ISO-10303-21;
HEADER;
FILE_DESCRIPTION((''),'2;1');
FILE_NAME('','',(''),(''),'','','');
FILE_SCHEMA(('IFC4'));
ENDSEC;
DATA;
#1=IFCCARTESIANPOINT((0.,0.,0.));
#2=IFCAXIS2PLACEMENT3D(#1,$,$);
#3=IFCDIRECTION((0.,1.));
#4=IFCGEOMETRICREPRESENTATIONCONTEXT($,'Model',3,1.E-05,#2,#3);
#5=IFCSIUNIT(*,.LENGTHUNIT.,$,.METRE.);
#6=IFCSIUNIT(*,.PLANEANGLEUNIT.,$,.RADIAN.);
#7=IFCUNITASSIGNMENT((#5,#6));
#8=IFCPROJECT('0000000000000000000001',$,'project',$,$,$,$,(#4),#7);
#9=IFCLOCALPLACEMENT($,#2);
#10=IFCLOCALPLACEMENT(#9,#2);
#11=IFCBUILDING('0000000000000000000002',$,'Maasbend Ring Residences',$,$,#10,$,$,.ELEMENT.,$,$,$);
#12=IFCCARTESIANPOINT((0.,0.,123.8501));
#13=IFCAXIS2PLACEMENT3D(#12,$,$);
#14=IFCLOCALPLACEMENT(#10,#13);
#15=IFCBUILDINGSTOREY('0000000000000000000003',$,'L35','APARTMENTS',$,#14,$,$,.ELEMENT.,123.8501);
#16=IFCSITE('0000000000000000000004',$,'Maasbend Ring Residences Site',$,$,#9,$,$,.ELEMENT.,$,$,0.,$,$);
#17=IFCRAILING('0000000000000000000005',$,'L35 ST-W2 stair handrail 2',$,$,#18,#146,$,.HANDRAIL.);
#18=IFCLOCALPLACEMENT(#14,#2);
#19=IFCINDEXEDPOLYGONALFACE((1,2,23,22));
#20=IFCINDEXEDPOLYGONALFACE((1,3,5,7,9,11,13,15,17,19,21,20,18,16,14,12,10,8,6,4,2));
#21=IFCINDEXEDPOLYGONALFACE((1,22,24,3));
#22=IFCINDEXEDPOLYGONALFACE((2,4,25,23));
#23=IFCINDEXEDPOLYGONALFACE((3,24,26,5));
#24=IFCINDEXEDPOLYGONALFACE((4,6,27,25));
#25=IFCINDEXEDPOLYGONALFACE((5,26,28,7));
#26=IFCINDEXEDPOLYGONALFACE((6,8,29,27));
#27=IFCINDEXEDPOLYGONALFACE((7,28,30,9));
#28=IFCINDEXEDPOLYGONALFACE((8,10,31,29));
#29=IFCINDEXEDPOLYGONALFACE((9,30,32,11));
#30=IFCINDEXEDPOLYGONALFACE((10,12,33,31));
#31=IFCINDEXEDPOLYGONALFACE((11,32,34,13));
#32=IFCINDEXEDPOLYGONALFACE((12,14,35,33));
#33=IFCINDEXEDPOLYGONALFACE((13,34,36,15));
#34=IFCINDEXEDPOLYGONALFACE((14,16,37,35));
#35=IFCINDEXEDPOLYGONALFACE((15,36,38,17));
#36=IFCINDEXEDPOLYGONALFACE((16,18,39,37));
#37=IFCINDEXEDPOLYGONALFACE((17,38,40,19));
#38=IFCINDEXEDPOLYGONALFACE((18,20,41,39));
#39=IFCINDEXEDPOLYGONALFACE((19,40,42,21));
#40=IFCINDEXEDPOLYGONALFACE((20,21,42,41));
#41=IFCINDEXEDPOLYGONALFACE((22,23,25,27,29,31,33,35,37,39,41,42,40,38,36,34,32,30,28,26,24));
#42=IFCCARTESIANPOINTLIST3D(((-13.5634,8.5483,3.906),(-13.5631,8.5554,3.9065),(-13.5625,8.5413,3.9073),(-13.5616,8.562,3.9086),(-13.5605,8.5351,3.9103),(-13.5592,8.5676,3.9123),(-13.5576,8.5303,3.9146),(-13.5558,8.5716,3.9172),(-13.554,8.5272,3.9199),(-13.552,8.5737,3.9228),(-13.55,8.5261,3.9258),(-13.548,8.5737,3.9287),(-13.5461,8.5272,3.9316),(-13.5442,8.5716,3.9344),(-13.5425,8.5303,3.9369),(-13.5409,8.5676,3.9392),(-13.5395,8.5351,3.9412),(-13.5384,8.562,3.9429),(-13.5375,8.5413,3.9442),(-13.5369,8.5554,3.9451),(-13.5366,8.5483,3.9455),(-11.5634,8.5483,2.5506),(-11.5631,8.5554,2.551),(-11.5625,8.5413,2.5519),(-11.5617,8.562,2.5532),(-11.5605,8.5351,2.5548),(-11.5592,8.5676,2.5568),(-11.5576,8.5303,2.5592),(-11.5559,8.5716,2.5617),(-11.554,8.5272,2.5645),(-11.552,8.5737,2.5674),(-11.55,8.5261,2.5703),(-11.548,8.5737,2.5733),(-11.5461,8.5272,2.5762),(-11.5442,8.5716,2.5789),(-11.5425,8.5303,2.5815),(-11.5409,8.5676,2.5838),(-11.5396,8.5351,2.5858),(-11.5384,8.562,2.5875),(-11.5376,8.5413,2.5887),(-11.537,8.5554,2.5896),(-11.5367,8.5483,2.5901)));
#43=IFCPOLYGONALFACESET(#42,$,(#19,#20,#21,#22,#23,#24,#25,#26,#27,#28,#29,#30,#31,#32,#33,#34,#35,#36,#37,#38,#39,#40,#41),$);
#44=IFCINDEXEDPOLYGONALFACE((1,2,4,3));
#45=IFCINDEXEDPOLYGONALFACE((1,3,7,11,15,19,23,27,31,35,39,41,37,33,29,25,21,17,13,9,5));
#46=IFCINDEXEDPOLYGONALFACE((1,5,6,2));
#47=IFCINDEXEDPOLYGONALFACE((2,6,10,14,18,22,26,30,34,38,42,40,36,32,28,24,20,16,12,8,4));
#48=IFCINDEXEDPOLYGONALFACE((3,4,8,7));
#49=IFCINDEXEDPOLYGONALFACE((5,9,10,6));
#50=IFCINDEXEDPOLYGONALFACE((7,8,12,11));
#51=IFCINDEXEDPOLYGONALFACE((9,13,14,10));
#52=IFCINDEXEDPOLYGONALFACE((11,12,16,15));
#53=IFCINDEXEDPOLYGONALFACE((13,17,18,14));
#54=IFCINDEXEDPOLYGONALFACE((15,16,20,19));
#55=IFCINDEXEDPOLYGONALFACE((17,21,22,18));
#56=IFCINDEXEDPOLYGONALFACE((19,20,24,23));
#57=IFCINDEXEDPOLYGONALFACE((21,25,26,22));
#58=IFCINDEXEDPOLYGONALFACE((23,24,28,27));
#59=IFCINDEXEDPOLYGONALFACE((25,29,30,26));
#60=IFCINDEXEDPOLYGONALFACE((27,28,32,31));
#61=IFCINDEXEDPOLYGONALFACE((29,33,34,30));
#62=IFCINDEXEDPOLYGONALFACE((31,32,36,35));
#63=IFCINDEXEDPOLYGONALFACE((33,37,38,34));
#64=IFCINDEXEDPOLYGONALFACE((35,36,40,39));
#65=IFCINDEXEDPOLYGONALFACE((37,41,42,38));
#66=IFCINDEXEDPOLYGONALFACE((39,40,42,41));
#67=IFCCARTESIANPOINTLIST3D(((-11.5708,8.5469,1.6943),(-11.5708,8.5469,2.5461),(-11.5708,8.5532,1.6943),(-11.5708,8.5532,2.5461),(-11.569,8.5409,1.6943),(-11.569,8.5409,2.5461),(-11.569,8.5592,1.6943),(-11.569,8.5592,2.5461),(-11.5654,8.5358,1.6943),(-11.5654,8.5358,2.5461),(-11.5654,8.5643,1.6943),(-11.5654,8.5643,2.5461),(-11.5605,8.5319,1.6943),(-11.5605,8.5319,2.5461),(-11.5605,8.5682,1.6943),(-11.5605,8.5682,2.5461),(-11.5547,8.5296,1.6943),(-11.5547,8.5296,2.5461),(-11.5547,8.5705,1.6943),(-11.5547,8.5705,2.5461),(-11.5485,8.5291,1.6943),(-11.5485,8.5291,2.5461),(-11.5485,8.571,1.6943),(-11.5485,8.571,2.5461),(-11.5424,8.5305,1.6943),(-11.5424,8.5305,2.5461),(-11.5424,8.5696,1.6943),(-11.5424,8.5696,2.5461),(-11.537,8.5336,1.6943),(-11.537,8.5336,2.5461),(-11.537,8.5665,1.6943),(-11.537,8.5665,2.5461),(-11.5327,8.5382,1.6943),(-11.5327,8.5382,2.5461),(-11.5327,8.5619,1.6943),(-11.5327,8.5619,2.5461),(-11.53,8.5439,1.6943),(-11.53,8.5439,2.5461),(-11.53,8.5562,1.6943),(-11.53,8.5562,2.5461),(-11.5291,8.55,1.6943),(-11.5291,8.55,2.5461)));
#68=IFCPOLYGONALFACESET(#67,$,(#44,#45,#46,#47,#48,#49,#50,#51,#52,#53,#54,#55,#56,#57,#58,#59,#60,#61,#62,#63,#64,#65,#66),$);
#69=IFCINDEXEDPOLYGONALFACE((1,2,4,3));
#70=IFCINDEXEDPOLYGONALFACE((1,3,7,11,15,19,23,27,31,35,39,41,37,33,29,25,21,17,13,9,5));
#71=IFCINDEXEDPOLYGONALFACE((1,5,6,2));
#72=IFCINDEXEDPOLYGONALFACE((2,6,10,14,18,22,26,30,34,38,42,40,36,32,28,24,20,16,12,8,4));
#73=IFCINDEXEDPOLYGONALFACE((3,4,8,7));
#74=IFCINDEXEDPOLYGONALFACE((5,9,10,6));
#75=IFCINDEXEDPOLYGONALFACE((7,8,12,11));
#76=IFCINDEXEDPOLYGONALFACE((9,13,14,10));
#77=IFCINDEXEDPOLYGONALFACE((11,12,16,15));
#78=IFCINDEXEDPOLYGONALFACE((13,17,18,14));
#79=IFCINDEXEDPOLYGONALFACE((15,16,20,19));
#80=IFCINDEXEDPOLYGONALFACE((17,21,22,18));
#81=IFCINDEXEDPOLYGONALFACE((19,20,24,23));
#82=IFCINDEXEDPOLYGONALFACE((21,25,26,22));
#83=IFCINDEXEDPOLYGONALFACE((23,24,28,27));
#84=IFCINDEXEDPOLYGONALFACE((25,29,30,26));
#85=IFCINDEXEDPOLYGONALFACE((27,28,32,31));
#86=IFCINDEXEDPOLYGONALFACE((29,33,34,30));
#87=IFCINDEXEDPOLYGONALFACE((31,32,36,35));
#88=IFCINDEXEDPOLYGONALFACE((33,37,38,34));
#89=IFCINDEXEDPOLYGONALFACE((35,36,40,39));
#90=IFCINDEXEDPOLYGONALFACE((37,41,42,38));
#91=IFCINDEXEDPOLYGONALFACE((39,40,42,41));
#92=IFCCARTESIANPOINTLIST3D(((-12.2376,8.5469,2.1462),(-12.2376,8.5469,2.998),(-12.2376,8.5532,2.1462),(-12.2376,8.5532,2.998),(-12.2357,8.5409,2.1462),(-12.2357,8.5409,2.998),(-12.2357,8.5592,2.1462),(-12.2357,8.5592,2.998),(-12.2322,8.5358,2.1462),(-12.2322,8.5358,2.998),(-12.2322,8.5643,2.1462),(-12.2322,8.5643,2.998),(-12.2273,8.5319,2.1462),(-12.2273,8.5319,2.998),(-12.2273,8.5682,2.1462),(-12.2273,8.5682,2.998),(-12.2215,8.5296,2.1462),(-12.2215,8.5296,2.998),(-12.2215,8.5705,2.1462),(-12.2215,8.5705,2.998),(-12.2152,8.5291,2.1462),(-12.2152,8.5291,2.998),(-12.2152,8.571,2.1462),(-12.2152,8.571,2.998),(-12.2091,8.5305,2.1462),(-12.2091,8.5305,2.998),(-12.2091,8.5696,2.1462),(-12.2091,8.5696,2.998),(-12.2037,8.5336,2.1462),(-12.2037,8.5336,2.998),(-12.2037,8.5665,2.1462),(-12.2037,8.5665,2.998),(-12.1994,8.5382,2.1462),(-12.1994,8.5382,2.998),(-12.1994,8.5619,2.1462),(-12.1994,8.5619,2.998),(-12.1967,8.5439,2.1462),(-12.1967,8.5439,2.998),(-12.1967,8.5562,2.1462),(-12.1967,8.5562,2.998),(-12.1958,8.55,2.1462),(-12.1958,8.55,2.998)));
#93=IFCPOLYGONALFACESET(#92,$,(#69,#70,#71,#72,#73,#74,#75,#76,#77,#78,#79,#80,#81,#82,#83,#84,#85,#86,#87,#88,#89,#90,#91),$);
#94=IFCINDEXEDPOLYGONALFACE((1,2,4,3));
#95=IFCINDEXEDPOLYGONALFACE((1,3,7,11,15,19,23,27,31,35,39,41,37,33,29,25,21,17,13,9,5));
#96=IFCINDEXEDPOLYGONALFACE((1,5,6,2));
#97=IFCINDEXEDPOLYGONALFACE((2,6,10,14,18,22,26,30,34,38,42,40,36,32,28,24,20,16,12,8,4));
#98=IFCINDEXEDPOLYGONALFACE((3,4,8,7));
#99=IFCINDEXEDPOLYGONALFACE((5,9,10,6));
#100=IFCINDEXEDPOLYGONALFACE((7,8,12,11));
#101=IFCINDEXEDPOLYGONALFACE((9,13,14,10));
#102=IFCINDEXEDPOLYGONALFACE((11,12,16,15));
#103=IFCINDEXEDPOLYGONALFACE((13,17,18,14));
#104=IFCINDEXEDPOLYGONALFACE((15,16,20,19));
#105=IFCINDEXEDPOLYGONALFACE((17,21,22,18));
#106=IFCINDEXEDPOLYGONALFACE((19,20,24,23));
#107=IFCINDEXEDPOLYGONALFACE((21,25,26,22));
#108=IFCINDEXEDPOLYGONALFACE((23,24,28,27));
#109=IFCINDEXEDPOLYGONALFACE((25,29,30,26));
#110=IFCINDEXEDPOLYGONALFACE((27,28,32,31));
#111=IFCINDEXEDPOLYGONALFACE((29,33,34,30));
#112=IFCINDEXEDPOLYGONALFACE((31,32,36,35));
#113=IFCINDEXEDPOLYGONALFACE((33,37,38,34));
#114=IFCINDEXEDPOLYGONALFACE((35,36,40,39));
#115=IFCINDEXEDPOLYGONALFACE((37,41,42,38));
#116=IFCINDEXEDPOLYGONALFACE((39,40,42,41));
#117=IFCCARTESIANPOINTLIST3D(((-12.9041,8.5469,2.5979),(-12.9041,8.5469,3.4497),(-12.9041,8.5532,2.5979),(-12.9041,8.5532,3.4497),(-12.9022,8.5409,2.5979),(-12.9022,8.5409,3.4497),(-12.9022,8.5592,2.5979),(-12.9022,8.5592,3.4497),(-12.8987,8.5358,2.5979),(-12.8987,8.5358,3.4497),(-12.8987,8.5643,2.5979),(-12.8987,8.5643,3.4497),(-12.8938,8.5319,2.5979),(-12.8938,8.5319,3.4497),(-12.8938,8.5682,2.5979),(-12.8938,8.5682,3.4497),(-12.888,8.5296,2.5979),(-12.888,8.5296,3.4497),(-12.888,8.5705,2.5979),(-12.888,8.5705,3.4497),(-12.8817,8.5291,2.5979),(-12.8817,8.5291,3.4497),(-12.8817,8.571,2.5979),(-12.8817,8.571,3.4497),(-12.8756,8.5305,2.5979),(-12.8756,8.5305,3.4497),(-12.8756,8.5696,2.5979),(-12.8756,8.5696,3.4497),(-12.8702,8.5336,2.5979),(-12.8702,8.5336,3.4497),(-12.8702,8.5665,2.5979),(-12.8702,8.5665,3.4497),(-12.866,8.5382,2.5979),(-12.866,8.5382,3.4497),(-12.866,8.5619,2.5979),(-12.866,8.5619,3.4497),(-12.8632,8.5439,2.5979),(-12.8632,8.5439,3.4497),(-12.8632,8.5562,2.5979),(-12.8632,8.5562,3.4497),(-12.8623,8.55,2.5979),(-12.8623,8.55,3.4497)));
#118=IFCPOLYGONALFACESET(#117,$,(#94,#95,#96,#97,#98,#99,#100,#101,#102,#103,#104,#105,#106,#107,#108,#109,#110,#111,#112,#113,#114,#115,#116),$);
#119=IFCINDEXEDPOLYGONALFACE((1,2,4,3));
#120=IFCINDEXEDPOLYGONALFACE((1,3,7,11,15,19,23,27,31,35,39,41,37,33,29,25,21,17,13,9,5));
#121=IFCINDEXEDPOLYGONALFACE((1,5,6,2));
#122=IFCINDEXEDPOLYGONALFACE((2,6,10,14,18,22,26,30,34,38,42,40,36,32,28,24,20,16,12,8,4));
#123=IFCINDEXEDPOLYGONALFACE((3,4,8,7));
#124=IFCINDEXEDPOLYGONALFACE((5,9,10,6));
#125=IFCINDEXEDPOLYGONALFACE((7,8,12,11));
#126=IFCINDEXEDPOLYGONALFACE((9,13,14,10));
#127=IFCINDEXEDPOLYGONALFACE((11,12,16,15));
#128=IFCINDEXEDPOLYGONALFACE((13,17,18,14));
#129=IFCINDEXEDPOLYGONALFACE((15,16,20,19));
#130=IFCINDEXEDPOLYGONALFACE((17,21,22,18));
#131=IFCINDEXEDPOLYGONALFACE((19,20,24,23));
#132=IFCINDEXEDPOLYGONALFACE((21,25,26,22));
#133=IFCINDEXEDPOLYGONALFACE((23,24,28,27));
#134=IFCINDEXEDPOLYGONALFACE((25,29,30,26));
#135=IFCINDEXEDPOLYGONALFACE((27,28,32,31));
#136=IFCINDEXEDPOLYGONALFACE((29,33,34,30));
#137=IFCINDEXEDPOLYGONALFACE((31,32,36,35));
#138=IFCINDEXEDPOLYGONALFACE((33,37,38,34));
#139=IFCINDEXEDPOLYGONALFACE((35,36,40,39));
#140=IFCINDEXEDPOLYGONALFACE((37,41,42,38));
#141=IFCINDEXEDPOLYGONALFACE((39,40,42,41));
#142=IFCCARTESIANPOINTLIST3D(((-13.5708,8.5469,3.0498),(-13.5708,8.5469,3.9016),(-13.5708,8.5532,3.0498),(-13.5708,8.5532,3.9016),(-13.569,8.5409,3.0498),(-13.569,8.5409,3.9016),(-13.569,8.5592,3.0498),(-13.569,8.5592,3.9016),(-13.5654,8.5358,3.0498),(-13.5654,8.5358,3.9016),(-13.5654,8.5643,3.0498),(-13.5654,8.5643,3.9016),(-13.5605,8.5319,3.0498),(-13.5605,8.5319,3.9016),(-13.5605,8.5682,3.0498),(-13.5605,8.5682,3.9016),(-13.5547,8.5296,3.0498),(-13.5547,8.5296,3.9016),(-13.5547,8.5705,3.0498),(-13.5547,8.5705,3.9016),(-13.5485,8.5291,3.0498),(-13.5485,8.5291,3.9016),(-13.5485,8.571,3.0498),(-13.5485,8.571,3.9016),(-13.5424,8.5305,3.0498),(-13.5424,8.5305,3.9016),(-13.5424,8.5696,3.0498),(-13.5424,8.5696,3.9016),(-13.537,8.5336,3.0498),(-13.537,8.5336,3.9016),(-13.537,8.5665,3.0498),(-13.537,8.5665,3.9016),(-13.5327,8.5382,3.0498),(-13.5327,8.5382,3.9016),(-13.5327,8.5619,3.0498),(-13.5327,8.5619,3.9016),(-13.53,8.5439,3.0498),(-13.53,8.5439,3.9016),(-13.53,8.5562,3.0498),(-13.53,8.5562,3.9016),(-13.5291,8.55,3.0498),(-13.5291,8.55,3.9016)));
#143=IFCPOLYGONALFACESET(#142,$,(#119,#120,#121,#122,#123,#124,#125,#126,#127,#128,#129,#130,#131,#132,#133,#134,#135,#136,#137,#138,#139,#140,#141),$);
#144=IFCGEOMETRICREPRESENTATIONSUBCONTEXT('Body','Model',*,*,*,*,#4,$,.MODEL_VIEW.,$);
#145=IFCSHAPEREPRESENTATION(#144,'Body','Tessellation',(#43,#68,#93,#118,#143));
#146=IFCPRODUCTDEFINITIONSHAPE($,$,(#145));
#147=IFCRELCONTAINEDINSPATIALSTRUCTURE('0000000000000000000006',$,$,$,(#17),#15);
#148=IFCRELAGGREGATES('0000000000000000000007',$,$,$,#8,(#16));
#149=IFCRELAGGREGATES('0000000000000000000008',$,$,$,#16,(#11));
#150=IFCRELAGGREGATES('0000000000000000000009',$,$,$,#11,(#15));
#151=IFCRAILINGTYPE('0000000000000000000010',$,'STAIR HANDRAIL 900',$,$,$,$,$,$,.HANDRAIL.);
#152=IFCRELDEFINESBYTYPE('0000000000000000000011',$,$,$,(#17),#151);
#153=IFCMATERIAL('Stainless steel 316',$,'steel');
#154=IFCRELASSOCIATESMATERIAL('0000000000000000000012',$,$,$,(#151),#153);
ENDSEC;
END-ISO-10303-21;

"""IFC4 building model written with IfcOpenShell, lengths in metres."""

from ifc_helpers import new_model, si_unit, direction, frame, origin, origin_2d, place, context, subcontext, project, spatial, circle, extrude, material, type_object, element, save


model = new_model("IFC4")

# Units and contexts
model_context = context("Model", 3, precision=1e-05, world=origin(), true_north=direction((0.0, 1.0)))
body_context = subcontext(model_context, "Body", "Model", "MODEL_VIEW")
ifc_project = project(units=[si_unit("LENGTHUNIT", "METRE"), si_unit("PLANEANGLEUNIT", "RADIAN")], contexts=[model_context])

# Site, building, storey
site_placement = place(None, origin())
site = spatial("IfcSite", under=ifc_project, at=site_placement, Name="Maasbend Ring Residences Site", CompositionType="ELEMENT", RefElevation=0.0)
building_placement = place(site_placement, origin())
building = spatial("IfcBuilding", under=site, at=building_placement, Name="Maasbend Ring Residences", CompositionType="ELEMENT")
storey_placement = place(building_placement, frame((0.0, 0.0, 123.8501)))
storey = spatial("IfcBuildingStorey", under=building, at=storey_placement, Name="L35", Description="APARTMENTS", CompositionType="ELEMENT", Elevation=123.8501)

# Railing
ifc_material_1 = material(Name="Stainless steel 316", Category="steel")
railing_type_1 = type_object("IfcRailingType", Name="STAIR HANDRAIL 900", PredefinedType="HANDRAIL", material=ifc_material_1)
railing_1_placement = place(storey_placement, frame((-11.55, 8.55, 1.6943)))
element("IfcRailing", 1, at=railing_1_placement, inside=storey, type_object=railing_type_1, Name="L35 ST-W2 stair handrail 2", PredefinedType="HANDRAIL", context=body_context, shape_type="SweptSolid", body=[
    extrude(circle(Radius=0.0239, at=origin_2d()), frame((0.0, 0.0, 0.876), z_axis=(-0.827798, 0.0, 0.561027), x_axis=(0.0, -1.0, 0.0)), (0.0, 0.0, 1.0), 2.416),
    extrude(circle(Radius=0.021, at=origin_2d()), origin(), (0.0, 0.0, 1.0), 0.8518),
    extrude(circle(Radius=0.021, at=origin_2d()), frame((-0.6667, 0.0, 0.4519)), (0.0, 0.0, 1.0), 0.8518),
    extrude(circle(Radius=0.021, at=origin_2d()), frame((-1.3333, 0.0, 0.9036)), (0.0, 0.0, 1.0), 0.8518),
    extrude(circle(Radius=0.021, at=origin_2d()), frame((-2.0, 0.0, 1.3555)), (0.0, 0.0, 1.0), 0.8518),
])

save(model, "model.ifc")
